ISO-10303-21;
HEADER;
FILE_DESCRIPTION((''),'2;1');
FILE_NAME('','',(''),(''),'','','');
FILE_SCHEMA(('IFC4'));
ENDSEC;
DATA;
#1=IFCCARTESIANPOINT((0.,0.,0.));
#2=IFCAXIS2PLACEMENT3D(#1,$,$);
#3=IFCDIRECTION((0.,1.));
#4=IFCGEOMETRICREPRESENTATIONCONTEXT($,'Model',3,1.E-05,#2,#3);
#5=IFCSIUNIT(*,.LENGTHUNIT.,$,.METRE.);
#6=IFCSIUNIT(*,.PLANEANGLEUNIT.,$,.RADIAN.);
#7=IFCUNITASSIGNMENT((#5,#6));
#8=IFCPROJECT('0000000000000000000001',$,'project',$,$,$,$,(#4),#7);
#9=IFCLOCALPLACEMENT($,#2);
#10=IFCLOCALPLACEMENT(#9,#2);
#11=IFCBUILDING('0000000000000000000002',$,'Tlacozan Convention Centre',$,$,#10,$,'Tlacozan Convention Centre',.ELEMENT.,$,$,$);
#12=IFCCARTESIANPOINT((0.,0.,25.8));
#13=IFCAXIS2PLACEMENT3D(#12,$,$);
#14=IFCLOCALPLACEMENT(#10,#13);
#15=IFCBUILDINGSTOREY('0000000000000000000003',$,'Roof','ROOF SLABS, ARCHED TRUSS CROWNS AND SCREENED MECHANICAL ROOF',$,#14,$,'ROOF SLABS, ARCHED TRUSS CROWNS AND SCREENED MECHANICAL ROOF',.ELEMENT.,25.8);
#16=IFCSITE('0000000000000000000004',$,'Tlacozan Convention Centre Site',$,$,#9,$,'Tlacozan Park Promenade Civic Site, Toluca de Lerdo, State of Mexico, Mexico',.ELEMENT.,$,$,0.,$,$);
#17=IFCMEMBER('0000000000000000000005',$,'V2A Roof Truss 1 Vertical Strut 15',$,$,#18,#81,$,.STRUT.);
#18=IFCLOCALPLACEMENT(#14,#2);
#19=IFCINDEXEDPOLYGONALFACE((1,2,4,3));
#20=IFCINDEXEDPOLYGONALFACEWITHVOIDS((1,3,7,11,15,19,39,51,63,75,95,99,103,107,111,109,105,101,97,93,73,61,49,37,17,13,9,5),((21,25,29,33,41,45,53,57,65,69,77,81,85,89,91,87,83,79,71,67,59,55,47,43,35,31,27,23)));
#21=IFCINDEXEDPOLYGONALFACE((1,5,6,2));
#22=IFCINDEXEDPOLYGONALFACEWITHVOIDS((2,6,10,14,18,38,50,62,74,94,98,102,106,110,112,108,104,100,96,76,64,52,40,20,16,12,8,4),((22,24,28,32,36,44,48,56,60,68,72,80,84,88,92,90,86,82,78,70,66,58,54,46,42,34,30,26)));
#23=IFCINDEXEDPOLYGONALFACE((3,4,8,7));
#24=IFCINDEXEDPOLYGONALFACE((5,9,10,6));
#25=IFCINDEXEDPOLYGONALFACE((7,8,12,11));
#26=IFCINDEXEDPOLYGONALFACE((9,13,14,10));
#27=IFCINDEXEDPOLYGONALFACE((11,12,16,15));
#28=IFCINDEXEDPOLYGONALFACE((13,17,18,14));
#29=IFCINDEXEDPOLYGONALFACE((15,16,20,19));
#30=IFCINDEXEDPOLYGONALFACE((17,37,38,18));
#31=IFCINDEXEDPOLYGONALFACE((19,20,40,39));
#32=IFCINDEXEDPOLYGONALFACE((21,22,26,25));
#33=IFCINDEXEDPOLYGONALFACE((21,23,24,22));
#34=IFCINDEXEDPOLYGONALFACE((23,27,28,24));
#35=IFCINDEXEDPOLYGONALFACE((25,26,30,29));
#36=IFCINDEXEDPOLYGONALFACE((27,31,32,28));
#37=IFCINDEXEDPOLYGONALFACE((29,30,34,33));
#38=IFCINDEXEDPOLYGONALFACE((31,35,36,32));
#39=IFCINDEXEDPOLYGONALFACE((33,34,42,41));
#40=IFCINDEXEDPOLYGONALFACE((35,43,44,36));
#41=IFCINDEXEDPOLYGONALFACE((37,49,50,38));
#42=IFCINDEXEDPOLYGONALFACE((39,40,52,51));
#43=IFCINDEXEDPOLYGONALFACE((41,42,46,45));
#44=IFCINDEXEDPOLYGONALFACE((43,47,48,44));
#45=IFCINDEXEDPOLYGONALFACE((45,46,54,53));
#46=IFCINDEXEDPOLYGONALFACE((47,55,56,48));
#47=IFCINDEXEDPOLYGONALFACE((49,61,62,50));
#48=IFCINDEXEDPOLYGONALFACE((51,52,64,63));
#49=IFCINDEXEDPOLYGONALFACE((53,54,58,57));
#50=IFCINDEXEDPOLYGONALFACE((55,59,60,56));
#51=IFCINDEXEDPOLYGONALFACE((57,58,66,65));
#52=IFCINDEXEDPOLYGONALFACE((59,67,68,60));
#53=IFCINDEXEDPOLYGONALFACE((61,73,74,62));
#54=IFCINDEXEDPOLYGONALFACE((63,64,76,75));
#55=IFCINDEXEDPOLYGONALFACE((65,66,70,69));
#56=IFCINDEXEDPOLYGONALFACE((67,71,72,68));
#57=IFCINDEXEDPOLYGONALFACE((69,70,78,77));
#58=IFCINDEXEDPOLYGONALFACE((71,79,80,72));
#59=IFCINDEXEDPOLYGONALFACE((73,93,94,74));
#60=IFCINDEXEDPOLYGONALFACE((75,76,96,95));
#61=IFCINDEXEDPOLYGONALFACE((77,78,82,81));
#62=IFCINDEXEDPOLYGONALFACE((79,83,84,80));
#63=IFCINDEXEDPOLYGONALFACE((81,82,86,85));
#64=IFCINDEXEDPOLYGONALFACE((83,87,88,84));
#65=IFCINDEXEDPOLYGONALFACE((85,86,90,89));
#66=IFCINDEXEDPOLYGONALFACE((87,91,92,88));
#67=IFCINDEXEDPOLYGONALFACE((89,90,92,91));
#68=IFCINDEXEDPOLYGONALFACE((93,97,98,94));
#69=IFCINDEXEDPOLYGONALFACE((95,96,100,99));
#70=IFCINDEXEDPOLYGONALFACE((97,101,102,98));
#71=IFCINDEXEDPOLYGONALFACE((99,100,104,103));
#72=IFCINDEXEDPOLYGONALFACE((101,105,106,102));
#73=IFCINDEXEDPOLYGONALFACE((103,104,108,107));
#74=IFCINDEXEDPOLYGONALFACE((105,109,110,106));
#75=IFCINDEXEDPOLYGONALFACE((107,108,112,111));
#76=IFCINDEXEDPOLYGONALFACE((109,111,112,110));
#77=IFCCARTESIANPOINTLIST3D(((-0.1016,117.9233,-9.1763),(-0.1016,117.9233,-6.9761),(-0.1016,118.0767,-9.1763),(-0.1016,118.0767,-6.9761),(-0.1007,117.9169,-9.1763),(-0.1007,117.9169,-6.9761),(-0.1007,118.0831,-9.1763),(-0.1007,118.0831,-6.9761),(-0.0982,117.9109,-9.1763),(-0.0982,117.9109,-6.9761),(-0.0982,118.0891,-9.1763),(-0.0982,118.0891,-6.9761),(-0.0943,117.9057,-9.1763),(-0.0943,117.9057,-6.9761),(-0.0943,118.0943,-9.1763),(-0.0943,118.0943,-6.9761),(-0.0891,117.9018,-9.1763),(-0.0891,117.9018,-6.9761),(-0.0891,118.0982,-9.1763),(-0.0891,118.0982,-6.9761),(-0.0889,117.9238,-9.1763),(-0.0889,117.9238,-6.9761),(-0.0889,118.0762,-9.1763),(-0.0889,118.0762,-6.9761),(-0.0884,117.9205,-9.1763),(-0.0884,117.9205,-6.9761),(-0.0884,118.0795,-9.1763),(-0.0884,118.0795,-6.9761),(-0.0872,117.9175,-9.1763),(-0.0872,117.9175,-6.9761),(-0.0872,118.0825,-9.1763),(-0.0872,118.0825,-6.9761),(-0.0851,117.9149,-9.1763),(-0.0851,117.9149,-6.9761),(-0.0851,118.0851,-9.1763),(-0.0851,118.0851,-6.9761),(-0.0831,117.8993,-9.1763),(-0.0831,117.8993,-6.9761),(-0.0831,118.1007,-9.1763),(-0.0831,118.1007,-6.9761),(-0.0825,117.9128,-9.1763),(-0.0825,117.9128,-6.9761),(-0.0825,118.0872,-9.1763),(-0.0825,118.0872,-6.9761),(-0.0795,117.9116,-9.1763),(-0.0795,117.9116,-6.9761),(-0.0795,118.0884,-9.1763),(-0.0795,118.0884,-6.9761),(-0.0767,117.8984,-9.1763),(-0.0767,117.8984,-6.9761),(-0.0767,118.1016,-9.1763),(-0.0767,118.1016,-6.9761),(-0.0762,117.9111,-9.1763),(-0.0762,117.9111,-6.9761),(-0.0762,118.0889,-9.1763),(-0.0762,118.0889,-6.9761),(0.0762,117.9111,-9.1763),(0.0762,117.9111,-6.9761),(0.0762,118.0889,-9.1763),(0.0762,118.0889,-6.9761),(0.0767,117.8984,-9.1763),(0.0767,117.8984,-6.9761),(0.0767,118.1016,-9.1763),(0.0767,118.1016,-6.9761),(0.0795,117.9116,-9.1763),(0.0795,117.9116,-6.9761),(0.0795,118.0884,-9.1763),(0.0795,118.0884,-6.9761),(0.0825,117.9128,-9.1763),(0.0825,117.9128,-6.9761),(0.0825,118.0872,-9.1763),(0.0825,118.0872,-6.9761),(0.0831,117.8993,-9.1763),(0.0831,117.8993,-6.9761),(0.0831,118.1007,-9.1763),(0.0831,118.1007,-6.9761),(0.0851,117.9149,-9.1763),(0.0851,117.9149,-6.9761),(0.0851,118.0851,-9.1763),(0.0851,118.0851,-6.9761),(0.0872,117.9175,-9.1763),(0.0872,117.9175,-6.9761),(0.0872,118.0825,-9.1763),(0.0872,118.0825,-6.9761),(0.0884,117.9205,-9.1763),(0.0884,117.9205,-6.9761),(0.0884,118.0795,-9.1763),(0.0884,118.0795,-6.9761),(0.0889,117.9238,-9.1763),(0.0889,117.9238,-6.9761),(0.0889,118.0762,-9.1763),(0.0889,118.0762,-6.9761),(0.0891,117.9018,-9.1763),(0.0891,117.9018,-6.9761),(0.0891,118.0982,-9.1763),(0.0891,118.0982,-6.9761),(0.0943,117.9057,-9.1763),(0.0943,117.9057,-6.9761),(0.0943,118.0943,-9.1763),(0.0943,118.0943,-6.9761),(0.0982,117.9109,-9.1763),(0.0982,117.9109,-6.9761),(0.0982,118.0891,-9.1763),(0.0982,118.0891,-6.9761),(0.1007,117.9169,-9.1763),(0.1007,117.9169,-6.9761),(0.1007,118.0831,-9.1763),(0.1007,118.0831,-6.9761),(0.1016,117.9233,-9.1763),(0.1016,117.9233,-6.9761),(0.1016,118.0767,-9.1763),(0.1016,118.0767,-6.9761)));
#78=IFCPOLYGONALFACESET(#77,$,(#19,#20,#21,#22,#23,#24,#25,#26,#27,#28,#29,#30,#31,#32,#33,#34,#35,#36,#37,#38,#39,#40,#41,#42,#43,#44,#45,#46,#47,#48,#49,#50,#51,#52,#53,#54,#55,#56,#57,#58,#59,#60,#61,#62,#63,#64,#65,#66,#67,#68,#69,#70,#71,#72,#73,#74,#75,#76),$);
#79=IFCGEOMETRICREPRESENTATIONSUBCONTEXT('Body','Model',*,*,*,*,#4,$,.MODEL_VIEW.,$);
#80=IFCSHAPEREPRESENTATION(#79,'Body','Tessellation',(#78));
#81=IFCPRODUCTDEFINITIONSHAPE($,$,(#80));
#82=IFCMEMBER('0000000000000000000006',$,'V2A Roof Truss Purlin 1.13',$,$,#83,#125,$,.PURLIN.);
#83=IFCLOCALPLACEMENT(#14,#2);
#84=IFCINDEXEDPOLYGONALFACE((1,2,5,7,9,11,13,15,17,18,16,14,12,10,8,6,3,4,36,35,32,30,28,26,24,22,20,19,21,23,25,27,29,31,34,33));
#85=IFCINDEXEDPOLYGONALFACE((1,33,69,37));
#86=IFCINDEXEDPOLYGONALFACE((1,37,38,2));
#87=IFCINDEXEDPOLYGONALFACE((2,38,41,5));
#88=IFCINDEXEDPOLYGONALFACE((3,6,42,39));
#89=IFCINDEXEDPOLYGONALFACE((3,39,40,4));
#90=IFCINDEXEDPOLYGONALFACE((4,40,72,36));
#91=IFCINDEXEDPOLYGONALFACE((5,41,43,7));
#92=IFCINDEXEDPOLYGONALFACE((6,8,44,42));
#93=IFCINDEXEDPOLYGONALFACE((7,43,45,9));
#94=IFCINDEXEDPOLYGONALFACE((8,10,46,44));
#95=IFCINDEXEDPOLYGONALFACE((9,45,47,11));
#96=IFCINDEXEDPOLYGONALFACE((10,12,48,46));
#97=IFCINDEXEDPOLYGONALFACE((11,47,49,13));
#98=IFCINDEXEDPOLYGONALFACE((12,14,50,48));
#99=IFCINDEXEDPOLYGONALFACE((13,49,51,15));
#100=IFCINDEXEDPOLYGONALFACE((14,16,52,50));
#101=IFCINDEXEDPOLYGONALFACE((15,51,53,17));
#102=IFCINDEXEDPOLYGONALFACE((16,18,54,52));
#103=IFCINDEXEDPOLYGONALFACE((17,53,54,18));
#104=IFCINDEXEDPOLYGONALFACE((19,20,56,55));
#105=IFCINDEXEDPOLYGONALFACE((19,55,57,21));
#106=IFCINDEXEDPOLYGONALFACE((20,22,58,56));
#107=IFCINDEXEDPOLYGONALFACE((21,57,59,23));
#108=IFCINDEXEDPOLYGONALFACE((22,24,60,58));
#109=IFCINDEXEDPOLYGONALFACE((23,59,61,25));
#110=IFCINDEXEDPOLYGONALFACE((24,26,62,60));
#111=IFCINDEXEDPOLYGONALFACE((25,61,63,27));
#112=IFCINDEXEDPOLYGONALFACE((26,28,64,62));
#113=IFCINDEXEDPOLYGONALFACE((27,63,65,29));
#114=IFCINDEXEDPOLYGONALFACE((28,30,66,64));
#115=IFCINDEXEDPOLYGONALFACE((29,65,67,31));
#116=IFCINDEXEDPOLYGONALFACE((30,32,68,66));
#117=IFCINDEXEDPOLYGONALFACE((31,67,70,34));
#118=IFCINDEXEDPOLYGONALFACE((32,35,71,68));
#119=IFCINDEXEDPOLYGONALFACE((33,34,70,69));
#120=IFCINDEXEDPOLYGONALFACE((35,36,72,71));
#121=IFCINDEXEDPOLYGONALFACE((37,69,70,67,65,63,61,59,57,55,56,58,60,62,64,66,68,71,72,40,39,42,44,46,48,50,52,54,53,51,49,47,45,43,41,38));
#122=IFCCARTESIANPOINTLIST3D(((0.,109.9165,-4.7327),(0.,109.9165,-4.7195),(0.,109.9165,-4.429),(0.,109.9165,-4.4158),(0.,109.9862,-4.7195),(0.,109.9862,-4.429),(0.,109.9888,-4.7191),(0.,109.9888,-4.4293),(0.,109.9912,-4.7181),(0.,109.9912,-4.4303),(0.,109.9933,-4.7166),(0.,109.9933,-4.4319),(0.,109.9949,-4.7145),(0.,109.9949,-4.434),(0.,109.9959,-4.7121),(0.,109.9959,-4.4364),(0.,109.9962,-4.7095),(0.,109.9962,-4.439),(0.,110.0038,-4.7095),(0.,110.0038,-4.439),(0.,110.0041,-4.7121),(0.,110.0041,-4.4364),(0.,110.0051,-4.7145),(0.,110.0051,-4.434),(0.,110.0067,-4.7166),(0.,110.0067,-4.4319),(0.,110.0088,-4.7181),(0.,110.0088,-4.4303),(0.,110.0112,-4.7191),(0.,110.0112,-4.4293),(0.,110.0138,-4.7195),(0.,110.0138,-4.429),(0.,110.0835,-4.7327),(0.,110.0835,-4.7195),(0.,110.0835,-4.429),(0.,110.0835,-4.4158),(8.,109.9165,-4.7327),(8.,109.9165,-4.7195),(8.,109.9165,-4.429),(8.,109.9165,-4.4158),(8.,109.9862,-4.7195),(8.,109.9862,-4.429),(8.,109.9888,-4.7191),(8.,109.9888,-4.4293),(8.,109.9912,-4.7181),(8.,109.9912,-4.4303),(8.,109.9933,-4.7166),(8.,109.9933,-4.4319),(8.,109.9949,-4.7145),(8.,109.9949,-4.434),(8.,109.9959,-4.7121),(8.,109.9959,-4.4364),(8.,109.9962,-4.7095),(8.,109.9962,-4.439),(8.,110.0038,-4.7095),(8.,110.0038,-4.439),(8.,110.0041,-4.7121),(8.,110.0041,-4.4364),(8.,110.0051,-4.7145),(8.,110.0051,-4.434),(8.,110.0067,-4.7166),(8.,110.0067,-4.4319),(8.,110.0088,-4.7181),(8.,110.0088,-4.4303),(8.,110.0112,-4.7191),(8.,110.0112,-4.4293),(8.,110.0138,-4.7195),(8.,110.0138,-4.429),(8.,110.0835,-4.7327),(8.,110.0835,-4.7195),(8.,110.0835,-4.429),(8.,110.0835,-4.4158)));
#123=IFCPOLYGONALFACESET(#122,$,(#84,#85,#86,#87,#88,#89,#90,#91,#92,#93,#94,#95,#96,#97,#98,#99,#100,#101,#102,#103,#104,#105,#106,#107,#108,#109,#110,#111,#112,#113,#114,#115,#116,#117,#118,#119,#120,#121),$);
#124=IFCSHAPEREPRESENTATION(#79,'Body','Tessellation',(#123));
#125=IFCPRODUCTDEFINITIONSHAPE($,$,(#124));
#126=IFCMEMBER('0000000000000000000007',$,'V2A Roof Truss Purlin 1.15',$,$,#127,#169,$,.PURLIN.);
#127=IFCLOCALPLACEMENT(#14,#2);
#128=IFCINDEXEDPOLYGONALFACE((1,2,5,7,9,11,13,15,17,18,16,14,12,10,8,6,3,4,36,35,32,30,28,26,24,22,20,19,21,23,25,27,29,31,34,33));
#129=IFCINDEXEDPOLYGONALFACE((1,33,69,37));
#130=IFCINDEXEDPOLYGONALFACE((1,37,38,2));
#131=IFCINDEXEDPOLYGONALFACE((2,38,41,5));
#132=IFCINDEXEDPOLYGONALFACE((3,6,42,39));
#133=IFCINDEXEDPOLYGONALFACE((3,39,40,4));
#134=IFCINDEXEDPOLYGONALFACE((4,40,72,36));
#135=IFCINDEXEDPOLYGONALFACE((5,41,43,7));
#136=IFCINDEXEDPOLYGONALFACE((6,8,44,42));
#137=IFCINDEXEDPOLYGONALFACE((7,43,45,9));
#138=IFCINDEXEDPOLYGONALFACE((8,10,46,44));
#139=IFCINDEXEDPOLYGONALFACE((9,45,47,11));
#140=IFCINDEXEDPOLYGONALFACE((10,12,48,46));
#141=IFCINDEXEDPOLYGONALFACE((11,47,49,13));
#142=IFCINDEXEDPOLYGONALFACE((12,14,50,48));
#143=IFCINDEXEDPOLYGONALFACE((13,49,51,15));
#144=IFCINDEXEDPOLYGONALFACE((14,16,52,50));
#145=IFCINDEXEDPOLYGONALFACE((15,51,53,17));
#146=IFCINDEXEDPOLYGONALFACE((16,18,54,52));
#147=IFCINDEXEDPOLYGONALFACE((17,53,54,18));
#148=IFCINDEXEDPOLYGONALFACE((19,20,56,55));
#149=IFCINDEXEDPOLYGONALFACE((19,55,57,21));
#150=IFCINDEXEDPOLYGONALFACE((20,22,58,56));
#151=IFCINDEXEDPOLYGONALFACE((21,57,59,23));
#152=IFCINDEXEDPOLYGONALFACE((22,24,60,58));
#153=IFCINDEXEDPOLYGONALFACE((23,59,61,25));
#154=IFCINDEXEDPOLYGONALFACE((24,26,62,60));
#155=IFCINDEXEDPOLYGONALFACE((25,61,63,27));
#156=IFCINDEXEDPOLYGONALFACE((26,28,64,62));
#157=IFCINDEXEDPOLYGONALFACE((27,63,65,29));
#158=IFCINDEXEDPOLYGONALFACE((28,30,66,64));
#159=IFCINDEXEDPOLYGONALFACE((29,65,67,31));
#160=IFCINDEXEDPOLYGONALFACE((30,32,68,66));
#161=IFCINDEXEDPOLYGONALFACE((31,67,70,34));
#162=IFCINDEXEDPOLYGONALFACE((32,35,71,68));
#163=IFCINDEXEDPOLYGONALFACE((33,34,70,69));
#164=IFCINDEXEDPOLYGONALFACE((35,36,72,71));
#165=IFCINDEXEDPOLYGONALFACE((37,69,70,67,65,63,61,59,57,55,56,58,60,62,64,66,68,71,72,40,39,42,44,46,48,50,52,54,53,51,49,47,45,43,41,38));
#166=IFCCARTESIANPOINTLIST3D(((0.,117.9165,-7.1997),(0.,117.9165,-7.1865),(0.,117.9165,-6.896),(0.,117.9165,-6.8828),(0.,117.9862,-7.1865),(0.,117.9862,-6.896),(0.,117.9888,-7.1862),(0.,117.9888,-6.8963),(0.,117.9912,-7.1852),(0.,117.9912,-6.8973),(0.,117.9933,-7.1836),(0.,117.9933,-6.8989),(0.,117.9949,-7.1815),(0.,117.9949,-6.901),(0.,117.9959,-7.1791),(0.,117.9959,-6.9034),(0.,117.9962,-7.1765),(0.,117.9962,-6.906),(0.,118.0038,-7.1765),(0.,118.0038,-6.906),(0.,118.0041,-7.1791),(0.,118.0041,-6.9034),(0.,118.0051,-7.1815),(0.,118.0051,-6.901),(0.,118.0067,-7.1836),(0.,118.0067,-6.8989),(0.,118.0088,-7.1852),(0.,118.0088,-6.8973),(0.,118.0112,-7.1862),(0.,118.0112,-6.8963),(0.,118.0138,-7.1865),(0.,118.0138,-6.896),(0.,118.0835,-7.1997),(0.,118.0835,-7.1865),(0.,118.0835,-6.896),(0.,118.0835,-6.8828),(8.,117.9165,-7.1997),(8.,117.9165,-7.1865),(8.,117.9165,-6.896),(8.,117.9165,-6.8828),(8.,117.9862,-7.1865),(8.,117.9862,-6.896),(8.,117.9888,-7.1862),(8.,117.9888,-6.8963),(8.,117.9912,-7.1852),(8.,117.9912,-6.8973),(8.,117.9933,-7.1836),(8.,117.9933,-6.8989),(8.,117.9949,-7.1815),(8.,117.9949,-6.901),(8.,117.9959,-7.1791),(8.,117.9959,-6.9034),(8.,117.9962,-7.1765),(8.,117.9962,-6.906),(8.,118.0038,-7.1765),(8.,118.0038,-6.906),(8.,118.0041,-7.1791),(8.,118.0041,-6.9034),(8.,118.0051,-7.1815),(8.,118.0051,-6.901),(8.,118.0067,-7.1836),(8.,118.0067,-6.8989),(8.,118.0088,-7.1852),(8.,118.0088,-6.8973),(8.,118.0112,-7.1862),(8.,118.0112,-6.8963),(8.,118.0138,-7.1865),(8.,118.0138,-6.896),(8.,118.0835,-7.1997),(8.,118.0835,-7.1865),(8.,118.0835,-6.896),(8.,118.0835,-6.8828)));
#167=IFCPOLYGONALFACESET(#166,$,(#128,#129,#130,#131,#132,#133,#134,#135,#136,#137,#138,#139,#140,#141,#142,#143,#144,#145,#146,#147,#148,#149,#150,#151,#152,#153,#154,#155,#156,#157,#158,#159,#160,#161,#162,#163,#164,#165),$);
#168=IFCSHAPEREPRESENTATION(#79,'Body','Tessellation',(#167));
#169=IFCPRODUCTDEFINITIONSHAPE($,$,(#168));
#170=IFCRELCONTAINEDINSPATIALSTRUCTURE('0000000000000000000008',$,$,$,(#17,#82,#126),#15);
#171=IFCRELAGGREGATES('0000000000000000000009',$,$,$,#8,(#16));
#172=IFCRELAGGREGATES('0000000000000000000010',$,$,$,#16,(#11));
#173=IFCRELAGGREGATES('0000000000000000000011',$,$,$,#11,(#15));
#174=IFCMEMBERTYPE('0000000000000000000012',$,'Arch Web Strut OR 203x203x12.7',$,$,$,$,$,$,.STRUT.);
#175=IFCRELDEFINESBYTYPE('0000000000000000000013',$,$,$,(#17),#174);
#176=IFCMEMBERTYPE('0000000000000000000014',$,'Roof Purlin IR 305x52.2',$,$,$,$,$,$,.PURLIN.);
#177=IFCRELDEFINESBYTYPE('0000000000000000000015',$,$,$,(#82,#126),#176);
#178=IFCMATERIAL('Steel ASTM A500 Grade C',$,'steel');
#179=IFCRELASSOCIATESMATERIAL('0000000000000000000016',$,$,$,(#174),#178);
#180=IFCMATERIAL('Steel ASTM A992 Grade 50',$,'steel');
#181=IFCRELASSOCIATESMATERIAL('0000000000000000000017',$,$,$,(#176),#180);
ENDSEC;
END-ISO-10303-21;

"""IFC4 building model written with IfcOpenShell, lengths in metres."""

from ifc_helpers import new_model, si_unit, direction, frame, origin, origin_2d, place, context, subcontext, project, spatial, hollow_rectangle, i_section, extrude, material, material_profile, profile_set, type_object, element, save


model = new_model("IFC4")

# Units and contexts
model_context = context("Model", 3, precision=1e-05, world=origin(), true_north=direction((0.0, 1.0)))
body_context = subcontext(model_context, "Body", "Model", "MODEL_VIEW")
ifc_project = project(units=[si_unit("LENGTHUNIT", "METRE"), si_unit("PLANEANGLEUNIT", "RADIAN")], contexts=[model_context])

# Site, building, storey
site_placement = place(None, origin())
site = spatial("IfcSite", under=ifc_project, at=site_placement, Name="Tlacozan Convention Centre Site", LongName="Tlacozan Park Promenade Civic Site, Toluca de Lerdo, State of Mexico, Mexico", CompositionType="ELEMENT", RefElevation=0.0)
building_placement = place(site_placement, origin())
building = spatial("IfcBuilding", under=site, at=building_placement, Name="Tlacozan Convention Centre", LongName="Tlacozan Convention Centre", CompositionType="ELEMENT")
storey_placement = place(building_placement, frame((0.0, 0.0, 25.8)))
storey = spatial("IfcBuildingStorey", under=building, at=storey_placement, Name="Roof", Description="ROOF SLABS, ARCHED TRUSS CROWNS AND SCREENED MECHANICAL ROOF", LongName="ROOF SLABS, ARCHED TRUSS CROWNS AND SCREENED MECHANICAL ROOF", CompositionType="ELEMENT", Elevation=25.8)

# Members
ifc_material_1 = material(Name="Steel ASTM A500 Grade C", Category="steel")
ifc_material_profile_1 = material_profile(ifc_material_1, hollow_rectangle(XDim=0.2031, YDim=0.2031, WallThickness=0.0127, InnerFilletRadius=0.0127, OuterFilletRadius=0.0249, at=origin_2d()), Name="OR 203x203x12.7")
ifc_profile_set_1 = profile_set([ifc_material_profile_1], Name="Steel ASTM A500 Grade C")
member_type_1 = type_object("IfcMemberType", Name="Arch Web Strut OR 203x203x12.7", PredefinedType="STRUT", material=ifc_profile_set_1)
member_1_placement = place(storey_placement, frame((0.0, 118.0, -9.1763), z_axis=(0.0, 0.0, 1.0), x_axis=(1.0, 0.0, 0.0)))
element("IfcMember", 1, at=member_1_placement, inside=storey, type_object=member_type_1, Name="V2A Roof Truss 1 Vertical Strut 15", PredefinedType="STRUT", context=body_context, shape_type="SweptSolid", body=[
    extrude(hollow_rectangle(XDim=0.2031, YDim=0.2031, WallThickness=0.0127, InnerFilletRadius=0.0127, OuterFilletRadius=0.0249, at=origin_2d()), origin(), (0.0, 0.0, 1.0), 2.2002),
])
ifc_material_2 = material(Name="Steel ASTM A992 Grade 50", Category="steel")
ifc_material_profile_2 = material_profile(ifc_material_2, i_section(OverallWidth=0.167, OverallDepth=0.3169, WebThickness=0.0076, FlangeThickness=0.0132, FilletRadius=0.01, at=origin_2d()), Name="IR 305x52.2")
ifc_profile_set_2 = profile_set([ifc_material_profile_2], Name="Steel ASTM A992 Grade 50")
member_type_2 = type_object("IfcMemberType", Name="Roof Purlin IR 305x52.2", PredefinedType="PURLIN", material=ifc_profile_set_2)
for number, where, z_axis, x_axis, name in (
    (2, (0.0, 110.0, -4.5742), (1.0, 0.0, 0.0), (0.0, 1.0, 0.0), "V2A Roof Truss Purlin 1.13"),
    (3, (0.0, 118.0, -7.0413), (1.0, 0.0, 0.0), (0.0, 1.0, 0.0), "V2A Roof Truss Purlin 1.15"),
):
    element("IfcMember", number, at=place(storey_placement, frame(where, z_axis=z_axis, x_axis=x_axis)), inside=storey, type_object=member_type_2, Name=name, PredefinedType="PURLIN", context=body_context, shape_type="SweptSolid", body=[
        extrude(i_section(OverallWidth=0.167, OverallDepth=0.3169, WebThickness=0.0076, FlangeThickness=0.0132, FilletRadius=0.01, at=origin_2d()), origin(), (0.0, 0.0, 1.0), 8.0),
    ])

save(model, "model.ifc")
